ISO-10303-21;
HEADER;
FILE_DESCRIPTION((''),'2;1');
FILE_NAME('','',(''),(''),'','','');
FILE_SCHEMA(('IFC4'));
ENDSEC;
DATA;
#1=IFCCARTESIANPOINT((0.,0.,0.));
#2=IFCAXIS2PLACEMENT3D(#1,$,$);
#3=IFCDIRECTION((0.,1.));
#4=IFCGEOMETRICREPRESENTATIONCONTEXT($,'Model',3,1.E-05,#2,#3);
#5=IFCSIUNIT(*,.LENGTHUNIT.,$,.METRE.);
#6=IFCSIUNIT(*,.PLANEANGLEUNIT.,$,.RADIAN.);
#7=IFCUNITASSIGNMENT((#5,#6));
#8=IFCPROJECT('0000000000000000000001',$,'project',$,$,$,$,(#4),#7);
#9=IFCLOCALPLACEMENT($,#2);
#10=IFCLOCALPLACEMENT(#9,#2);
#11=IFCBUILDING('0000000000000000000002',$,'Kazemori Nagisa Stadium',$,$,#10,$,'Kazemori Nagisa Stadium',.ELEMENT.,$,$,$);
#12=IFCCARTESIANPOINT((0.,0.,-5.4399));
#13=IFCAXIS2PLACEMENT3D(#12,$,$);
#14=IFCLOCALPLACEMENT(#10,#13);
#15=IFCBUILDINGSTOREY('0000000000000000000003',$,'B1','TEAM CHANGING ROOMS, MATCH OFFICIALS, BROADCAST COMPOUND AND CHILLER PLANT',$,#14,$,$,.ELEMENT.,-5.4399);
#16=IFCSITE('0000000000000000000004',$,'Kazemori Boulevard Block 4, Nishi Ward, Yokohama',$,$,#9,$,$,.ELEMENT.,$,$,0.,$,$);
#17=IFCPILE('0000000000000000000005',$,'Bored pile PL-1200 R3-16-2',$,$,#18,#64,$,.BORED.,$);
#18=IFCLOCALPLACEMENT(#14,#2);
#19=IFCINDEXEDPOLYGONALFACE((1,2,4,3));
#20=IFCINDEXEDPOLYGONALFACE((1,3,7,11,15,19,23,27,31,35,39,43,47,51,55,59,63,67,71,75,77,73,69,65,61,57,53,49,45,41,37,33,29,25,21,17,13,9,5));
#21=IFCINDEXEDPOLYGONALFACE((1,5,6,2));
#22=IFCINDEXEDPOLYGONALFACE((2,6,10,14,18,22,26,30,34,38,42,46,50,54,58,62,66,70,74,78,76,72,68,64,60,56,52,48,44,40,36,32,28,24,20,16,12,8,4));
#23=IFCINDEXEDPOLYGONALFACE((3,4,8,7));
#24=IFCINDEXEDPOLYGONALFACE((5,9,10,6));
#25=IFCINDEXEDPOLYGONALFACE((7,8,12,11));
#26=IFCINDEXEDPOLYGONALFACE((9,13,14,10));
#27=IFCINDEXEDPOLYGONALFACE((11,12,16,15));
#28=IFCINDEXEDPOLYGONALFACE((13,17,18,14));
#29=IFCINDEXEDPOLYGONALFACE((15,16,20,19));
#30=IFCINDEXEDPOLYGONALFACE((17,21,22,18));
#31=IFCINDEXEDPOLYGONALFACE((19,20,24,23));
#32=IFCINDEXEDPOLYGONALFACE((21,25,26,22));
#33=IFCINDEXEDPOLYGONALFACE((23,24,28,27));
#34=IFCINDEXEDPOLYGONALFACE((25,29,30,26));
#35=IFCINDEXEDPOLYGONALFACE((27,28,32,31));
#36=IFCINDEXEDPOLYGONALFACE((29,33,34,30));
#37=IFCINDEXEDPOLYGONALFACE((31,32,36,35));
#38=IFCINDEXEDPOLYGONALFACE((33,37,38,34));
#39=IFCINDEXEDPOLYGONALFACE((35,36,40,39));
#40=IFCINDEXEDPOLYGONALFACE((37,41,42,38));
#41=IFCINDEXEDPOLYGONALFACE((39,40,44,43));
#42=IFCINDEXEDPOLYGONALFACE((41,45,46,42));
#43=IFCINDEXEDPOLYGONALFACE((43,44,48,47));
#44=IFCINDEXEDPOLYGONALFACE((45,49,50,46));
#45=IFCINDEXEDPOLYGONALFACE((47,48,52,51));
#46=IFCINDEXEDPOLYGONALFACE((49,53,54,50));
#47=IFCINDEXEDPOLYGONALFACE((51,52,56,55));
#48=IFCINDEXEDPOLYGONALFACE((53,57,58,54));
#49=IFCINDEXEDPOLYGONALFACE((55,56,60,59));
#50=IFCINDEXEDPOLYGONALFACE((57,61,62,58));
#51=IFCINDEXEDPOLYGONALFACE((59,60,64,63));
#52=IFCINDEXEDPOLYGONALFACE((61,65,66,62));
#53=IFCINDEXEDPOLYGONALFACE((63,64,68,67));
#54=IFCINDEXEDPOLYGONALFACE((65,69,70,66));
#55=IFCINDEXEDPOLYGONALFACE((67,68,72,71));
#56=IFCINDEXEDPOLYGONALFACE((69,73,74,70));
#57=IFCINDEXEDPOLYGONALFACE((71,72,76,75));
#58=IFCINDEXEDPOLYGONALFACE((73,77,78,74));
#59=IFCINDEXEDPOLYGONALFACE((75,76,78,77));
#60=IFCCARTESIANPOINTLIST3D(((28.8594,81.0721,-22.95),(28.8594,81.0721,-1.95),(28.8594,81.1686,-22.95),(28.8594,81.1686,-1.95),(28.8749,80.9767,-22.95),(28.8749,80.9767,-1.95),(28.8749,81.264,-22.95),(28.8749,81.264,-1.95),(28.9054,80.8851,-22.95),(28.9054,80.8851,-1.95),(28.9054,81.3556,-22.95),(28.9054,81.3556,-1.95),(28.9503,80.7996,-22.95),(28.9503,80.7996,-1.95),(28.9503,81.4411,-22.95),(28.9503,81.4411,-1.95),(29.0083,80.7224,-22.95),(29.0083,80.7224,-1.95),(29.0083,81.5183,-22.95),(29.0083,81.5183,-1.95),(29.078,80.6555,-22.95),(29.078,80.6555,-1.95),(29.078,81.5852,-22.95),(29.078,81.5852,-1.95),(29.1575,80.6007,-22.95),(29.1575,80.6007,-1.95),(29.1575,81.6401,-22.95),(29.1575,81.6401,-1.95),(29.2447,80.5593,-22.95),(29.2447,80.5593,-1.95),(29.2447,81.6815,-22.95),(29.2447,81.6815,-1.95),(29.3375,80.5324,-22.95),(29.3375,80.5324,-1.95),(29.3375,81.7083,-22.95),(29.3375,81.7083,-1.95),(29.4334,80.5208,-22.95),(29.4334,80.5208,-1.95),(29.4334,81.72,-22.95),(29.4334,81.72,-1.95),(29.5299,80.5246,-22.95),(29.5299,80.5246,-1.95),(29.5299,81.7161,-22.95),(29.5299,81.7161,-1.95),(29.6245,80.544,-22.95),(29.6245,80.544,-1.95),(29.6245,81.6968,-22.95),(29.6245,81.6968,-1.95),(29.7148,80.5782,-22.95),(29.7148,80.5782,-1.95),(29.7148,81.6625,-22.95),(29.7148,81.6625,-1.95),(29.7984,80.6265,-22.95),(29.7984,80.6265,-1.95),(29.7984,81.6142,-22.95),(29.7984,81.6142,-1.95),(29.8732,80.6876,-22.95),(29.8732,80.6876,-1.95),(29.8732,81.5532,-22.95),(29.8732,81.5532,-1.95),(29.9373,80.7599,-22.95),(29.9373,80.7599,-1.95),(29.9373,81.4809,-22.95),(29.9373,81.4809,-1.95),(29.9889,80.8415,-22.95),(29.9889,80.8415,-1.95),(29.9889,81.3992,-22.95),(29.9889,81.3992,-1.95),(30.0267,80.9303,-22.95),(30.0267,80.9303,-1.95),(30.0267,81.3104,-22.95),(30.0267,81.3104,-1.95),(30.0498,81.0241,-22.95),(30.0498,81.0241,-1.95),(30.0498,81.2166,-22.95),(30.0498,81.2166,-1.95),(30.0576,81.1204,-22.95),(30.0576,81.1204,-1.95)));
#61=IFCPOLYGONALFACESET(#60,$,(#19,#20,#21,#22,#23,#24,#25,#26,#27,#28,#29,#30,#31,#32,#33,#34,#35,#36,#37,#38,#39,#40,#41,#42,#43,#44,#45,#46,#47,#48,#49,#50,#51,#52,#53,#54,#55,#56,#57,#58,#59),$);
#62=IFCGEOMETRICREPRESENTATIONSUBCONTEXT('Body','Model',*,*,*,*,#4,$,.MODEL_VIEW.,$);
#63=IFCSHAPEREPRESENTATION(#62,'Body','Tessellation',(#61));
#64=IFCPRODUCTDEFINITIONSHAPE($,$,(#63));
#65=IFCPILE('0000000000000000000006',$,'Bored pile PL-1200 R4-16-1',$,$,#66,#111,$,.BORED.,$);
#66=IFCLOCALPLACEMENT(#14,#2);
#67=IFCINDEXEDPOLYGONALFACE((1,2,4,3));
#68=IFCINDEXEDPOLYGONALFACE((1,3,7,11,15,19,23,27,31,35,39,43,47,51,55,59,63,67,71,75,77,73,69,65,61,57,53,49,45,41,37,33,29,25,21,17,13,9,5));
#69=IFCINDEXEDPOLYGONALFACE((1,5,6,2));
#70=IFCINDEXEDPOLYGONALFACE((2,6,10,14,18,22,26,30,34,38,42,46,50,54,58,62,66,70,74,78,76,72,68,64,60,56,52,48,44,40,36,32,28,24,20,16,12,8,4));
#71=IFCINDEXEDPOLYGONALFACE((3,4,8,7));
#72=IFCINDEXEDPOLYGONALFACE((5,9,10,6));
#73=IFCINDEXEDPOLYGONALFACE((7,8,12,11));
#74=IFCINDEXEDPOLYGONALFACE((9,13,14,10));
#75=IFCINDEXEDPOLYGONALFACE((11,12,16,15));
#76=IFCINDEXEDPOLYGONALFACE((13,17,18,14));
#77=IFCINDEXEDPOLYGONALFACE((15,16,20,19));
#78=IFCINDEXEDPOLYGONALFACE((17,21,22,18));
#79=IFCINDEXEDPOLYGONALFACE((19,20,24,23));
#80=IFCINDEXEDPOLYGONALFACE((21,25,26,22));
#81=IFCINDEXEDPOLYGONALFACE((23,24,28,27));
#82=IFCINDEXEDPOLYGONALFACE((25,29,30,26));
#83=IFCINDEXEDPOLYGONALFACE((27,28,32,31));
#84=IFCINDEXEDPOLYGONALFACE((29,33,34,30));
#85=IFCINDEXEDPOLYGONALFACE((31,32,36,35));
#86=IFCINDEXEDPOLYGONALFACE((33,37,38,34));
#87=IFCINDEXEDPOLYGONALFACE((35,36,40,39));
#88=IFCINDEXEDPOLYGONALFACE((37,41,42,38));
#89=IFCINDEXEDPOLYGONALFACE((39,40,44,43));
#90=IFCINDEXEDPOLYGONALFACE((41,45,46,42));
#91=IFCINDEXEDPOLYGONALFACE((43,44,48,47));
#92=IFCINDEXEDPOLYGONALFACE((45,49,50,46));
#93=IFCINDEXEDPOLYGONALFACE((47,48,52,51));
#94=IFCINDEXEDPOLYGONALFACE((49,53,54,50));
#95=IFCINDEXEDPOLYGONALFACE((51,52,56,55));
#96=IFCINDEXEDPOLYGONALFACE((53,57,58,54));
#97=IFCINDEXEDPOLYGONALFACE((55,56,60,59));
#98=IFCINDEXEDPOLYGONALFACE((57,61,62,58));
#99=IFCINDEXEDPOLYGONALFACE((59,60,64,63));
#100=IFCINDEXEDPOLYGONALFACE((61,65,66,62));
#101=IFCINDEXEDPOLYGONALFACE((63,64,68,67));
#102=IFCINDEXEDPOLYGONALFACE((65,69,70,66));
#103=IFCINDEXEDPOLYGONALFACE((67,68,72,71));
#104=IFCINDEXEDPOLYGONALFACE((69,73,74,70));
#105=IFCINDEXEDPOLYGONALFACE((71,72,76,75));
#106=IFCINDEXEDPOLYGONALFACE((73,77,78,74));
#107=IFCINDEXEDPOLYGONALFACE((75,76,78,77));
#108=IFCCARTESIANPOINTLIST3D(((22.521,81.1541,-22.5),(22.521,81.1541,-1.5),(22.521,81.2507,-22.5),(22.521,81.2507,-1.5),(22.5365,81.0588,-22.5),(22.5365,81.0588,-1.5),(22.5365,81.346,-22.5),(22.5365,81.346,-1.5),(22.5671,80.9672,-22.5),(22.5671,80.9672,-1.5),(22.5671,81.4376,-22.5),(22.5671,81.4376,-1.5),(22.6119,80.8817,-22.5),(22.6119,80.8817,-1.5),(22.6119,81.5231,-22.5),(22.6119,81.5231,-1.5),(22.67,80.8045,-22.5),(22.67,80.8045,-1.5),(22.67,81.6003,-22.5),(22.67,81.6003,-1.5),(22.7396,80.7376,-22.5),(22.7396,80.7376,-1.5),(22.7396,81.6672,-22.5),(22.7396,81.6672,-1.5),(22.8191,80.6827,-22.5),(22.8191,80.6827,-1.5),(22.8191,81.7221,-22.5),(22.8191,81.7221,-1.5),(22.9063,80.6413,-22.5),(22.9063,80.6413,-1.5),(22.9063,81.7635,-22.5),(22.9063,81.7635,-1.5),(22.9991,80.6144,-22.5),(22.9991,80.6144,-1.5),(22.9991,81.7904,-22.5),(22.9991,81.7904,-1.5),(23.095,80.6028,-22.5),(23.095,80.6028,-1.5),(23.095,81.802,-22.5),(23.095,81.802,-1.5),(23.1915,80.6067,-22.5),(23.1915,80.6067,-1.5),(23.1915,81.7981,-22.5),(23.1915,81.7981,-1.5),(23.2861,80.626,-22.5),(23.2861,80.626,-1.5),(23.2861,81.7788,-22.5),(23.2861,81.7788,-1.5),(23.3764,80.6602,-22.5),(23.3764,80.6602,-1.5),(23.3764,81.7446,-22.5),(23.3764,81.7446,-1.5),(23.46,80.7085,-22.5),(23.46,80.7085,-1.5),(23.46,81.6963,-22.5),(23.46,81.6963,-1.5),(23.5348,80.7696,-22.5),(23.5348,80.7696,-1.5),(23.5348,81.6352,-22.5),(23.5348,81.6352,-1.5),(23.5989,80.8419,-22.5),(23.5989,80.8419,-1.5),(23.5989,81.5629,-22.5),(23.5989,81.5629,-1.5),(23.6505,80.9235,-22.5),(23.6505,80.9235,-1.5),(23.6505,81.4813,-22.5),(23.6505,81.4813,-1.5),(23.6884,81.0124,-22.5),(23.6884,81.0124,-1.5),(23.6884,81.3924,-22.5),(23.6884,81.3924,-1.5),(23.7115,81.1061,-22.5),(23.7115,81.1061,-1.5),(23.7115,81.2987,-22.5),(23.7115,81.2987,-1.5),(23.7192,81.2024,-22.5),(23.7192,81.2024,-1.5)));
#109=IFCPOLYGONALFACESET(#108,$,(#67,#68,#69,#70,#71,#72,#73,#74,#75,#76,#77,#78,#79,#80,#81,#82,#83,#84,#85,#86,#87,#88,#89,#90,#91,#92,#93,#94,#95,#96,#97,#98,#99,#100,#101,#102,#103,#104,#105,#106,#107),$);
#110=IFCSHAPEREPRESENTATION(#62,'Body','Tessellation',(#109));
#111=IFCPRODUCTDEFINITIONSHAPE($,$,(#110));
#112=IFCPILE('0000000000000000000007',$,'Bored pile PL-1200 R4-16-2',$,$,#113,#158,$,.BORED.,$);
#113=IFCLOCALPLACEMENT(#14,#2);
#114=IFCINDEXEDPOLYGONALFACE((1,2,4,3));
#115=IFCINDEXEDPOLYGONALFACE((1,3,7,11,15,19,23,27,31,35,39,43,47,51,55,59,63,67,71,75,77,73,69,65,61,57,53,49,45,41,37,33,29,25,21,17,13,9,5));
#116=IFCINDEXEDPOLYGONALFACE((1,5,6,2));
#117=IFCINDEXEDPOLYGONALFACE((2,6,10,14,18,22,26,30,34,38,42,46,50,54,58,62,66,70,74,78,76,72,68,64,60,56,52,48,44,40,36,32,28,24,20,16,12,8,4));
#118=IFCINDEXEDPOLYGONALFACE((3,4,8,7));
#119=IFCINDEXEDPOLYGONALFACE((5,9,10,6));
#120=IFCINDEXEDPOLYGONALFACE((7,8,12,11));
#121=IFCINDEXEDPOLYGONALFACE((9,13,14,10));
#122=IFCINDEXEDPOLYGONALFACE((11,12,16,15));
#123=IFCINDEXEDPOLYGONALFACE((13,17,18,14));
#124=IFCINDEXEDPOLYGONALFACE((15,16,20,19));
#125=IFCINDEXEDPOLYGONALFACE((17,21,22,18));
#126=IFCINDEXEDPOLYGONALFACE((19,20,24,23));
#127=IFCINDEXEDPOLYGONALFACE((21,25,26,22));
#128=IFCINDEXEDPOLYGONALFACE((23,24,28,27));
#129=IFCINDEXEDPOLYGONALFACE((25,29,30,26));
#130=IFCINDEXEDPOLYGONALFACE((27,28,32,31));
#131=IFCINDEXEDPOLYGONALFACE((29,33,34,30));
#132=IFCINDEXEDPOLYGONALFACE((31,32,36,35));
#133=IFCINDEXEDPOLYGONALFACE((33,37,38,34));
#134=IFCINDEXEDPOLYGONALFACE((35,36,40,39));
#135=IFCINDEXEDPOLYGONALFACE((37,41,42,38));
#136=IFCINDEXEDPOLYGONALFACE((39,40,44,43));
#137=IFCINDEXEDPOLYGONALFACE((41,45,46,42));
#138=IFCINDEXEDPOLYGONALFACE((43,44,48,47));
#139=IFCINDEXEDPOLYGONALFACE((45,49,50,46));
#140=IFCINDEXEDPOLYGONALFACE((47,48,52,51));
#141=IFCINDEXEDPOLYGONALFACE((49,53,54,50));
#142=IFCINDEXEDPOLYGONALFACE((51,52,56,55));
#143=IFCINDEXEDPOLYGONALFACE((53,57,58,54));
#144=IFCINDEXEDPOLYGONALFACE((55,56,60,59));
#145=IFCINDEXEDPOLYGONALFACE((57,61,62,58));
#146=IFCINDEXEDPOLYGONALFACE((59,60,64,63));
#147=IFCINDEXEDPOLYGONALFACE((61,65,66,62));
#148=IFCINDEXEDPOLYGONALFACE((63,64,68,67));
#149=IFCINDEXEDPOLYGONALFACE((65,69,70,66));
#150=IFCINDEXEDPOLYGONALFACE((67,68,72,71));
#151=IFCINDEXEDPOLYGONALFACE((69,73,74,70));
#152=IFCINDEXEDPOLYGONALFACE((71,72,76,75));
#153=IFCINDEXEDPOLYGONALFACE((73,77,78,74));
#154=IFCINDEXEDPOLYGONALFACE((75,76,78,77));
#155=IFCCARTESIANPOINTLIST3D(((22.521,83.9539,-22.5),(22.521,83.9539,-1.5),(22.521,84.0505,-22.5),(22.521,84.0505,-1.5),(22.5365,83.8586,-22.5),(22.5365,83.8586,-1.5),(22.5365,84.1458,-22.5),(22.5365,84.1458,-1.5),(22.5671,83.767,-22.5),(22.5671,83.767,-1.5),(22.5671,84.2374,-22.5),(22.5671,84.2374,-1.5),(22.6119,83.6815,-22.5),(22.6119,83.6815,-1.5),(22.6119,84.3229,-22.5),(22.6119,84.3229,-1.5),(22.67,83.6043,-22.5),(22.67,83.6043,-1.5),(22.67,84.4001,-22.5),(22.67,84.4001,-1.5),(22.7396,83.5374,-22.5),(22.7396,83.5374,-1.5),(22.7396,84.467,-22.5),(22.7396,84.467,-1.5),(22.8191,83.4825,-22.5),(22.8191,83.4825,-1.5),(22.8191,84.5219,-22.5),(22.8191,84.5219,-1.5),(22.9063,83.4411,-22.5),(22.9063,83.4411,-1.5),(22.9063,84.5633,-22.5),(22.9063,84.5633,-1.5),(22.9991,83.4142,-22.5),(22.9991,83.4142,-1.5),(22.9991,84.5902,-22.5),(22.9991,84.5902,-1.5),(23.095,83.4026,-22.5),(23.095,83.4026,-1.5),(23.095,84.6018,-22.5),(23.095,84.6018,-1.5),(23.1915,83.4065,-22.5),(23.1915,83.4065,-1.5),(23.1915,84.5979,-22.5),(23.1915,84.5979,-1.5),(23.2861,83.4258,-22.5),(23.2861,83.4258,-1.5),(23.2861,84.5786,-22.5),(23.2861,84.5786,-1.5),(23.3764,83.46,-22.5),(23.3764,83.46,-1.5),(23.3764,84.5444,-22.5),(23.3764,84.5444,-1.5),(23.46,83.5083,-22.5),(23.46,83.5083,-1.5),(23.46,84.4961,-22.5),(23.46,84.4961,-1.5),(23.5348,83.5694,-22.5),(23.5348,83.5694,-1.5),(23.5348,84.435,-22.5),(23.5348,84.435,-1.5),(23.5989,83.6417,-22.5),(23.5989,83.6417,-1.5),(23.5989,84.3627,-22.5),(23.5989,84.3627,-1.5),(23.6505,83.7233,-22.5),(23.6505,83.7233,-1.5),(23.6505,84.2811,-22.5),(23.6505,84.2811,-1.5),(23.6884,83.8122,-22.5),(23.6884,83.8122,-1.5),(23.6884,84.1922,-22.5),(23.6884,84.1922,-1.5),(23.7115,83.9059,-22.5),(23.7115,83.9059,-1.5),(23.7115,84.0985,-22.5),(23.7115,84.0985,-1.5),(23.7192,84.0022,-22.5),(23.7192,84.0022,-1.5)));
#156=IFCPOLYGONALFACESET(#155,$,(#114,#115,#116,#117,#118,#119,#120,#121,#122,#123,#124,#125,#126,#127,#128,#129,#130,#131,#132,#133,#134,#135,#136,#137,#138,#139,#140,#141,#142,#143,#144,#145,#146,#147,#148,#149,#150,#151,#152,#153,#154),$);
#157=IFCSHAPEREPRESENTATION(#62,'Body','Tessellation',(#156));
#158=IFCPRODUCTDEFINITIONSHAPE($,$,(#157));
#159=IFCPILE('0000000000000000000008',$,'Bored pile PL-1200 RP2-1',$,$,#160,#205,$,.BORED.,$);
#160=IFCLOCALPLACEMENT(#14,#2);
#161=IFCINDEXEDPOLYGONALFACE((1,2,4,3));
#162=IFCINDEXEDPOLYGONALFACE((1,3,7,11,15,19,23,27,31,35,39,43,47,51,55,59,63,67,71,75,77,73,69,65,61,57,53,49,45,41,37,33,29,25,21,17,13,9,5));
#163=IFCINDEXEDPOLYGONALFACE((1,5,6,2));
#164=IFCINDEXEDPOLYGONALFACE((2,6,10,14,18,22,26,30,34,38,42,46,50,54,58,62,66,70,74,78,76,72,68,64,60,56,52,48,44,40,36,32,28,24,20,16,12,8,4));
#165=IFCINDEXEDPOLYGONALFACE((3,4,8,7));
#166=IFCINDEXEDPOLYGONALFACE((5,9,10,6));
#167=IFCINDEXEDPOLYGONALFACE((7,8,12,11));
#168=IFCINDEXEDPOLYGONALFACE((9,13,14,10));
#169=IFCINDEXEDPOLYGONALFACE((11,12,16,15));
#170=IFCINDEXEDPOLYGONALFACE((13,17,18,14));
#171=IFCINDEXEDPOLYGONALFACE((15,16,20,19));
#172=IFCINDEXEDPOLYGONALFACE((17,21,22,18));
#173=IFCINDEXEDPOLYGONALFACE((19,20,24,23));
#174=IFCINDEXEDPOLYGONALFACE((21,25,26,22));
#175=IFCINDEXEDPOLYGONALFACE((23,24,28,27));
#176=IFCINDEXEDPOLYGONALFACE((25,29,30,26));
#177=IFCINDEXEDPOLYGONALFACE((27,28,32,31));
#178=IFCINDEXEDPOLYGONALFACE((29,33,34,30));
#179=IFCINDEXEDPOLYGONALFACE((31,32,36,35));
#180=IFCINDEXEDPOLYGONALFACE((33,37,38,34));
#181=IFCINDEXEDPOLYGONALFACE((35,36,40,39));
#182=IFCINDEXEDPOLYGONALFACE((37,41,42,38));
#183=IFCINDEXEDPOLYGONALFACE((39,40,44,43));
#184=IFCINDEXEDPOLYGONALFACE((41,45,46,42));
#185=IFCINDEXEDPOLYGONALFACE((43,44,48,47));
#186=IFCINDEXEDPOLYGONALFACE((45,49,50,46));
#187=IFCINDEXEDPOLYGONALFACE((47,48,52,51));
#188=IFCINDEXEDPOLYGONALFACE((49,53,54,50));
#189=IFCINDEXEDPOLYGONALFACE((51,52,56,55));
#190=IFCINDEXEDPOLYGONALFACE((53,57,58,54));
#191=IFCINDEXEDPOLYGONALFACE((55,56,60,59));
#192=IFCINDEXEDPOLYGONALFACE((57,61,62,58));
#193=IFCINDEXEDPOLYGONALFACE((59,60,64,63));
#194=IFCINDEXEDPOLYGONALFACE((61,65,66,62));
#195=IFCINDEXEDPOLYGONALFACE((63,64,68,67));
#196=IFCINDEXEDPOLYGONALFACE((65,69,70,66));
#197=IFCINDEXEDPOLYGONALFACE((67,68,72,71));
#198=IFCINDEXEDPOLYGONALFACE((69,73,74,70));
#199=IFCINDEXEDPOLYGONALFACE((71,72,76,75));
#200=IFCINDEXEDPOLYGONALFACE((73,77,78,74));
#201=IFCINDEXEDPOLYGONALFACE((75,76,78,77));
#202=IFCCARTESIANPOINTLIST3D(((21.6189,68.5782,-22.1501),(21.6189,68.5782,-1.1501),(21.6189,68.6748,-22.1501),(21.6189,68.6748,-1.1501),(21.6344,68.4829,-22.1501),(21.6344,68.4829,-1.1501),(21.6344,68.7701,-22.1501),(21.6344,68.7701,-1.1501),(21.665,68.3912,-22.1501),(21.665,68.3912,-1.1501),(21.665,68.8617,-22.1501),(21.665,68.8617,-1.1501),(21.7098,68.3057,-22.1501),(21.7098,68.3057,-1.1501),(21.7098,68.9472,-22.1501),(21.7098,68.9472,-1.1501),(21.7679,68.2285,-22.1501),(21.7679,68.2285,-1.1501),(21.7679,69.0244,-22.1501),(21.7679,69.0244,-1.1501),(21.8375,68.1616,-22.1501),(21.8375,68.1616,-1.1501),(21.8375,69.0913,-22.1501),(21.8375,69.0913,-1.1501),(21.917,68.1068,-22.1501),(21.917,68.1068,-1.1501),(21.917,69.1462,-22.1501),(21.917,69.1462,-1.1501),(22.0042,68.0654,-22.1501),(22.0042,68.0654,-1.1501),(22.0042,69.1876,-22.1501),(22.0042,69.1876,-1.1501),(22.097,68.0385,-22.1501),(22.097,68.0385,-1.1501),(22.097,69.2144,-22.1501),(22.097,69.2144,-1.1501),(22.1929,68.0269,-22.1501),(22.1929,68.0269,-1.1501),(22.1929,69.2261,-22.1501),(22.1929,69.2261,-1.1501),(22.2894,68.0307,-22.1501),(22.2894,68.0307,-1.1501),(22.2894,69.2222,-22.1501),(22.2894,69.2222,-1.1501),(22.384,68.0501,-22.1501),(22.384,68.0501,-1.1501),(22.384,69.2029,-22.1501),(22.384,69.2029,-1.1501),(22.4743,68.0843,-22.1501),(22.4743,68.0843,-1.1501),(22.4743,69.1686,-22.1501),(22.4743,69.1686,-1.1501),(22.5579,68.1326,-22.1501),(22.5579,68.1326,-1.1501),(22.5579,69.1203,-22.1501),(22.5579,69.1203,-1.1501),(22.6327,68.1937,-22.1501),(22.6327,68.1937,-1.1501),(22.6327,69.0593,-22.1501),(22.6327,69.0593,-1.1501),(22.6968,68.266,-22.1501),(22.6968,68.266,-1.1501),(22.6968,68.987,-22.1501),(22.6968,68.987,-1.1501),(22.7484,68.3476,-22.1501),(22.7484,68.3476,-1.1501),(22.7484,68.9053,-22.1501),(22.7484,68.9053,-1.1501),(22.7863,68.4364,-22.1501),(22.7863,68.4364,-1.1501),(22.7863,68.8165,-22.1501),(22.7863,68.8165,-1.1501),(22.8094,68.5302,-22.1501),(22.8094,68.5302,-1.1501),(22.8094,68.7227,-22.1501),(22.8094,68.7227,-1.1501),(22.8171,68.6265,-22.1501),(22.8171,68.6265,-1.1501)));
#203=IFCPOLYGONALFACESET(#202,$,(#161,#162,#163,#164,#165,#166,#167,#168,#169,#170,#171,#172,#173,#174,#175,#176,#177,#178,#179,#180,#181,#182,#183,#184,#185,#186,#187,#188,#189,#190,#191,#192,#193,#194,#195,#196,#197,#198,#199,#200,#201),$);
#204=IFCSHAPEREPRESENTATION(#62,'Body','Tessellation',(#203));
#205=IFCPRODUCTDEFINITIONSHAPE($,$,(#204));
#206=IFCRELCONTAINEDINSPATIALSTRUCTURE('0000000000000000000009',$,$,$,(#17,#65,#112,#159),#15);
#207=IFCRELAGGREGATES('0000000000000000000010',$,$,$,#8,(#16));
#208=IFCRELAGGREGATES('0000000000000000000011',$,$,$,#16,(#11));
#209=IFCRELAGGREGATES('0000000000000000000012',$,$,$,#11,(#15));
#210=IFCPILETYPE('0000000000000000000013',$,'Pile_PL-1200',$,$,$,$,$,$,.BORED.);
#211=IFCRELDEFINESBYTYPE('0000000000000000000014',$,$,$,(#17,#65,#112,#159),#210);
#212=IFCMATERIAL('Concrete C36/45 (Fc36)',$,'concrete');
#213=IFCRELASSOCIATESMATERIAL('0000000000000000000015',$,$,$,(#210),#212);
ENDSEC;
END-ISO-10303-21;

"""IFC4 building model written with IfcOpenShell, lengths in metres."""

from ifc_helpers import new_model, si_unit, direction, frame, origin, origin_2d, place, context, subcontext, project, spatial, circle, extrude, material, material_profile, profile_set, type_object, element, save


model = new_model("IFC4")

# Units and contexts
model_context = context("Model", 3, precision=1e-05, world=origin(), true_north=direction((0.0, 1.0)))
body_context = subcontext(model_context, "Body", "Model", "MODEL_VIEW")
ifc_project = project(units=[si_unit("LENGTHUNIT", "METRE"), si_unit("PLANEANGLEUNIT", "RADIAN")], contexts=[model_context])

# Site, building, storey
site_placement = place(None, origin())
site = spatial("IfcSite", under=ifc_project, at=site_placement, Name="Kazemori Boulevard Block 4, Nishi Ward, Yokohama", CompositionType="ELEMENT", RefElevation=0.0)
building_placement = place(site_placement, origin())
building = spatial("IfcBuilding", under=site, at=building_placement, Name="Kazemori Nagisa Stadium", LongName="Kazemori Nagisa Stadium", CompositionType="ELEMENT")
storey_placement = place(building_placement, frame((0.0, 0.0, -5.4399)))
storey = spatial("IfcBuildingStorey", under=building, at=storey_placement, Name="B1", Description="TEAM CHANGING ROOMS, MATCH OFFICIALS, BROADCAST COMPOUND AND CHILLER PLANT", CompositionType="ELEMENT", Elevation=-5.4399)

# Piles
ifc_material_1 = material(Name="Concrete C36/45 (Fc36)", Category="concrete")
ifc_material_profile_1 = material_profile(ifc_material_1, circle(Radius=0.6001, at=origin_2d()), Name="PILE-D1200")
ifc_profile_set_1 = profile_set([ifc_material_profile_1], Name="Concrete C36/45 (Fc36)")
pile_type = type_object("IfcPileType", Name="Pile_PL-1200", PredefinedType="BORED", material=ifc_profile_set_1)
for number, where, z_axis, x_axis, name in (
    (1, (29.4575, 81.1204, -1.95), (0.0, 0.0, -1.0), (1.0, 0.0, 0.0), "Bored pile PL-1200 R3-16-2"),
    (2, (23.1191, 81.2024, -1.5), (0.0, 0.0, -1.0), (1.0, 0.0, 0.0), "Bored pile PL-1200 R4-16-1"),
    (3, (23.1191, 84.0022, -1.5), (0.0, 0.0, -1.0), (1.0, 0.0, 0.0), "Bored pile PL-1200 R4-16-2"),
    (4, (22.217, 68.6265, -1.1501), (0.0, 0.0, -1.0), (1.0, 0.0, 0.0), "Bored pile PL-1200 RP2-1"),
):
    element("IfcPile", number, at=place(storey_placement, frame(where, z_axis=z_axis, x_axis=x_axis)), inside=storey, type_object=pile_type, Name=name, PredefinedType="BORED", context=body_context, shape_type="SweptSolid", body=[
        extrude(circle(Radius=0.6001, at=origin_2d()), origin(), (0.0, 0.0, 1.0), 21.0),
    ])

save(model, "model.ifc")
